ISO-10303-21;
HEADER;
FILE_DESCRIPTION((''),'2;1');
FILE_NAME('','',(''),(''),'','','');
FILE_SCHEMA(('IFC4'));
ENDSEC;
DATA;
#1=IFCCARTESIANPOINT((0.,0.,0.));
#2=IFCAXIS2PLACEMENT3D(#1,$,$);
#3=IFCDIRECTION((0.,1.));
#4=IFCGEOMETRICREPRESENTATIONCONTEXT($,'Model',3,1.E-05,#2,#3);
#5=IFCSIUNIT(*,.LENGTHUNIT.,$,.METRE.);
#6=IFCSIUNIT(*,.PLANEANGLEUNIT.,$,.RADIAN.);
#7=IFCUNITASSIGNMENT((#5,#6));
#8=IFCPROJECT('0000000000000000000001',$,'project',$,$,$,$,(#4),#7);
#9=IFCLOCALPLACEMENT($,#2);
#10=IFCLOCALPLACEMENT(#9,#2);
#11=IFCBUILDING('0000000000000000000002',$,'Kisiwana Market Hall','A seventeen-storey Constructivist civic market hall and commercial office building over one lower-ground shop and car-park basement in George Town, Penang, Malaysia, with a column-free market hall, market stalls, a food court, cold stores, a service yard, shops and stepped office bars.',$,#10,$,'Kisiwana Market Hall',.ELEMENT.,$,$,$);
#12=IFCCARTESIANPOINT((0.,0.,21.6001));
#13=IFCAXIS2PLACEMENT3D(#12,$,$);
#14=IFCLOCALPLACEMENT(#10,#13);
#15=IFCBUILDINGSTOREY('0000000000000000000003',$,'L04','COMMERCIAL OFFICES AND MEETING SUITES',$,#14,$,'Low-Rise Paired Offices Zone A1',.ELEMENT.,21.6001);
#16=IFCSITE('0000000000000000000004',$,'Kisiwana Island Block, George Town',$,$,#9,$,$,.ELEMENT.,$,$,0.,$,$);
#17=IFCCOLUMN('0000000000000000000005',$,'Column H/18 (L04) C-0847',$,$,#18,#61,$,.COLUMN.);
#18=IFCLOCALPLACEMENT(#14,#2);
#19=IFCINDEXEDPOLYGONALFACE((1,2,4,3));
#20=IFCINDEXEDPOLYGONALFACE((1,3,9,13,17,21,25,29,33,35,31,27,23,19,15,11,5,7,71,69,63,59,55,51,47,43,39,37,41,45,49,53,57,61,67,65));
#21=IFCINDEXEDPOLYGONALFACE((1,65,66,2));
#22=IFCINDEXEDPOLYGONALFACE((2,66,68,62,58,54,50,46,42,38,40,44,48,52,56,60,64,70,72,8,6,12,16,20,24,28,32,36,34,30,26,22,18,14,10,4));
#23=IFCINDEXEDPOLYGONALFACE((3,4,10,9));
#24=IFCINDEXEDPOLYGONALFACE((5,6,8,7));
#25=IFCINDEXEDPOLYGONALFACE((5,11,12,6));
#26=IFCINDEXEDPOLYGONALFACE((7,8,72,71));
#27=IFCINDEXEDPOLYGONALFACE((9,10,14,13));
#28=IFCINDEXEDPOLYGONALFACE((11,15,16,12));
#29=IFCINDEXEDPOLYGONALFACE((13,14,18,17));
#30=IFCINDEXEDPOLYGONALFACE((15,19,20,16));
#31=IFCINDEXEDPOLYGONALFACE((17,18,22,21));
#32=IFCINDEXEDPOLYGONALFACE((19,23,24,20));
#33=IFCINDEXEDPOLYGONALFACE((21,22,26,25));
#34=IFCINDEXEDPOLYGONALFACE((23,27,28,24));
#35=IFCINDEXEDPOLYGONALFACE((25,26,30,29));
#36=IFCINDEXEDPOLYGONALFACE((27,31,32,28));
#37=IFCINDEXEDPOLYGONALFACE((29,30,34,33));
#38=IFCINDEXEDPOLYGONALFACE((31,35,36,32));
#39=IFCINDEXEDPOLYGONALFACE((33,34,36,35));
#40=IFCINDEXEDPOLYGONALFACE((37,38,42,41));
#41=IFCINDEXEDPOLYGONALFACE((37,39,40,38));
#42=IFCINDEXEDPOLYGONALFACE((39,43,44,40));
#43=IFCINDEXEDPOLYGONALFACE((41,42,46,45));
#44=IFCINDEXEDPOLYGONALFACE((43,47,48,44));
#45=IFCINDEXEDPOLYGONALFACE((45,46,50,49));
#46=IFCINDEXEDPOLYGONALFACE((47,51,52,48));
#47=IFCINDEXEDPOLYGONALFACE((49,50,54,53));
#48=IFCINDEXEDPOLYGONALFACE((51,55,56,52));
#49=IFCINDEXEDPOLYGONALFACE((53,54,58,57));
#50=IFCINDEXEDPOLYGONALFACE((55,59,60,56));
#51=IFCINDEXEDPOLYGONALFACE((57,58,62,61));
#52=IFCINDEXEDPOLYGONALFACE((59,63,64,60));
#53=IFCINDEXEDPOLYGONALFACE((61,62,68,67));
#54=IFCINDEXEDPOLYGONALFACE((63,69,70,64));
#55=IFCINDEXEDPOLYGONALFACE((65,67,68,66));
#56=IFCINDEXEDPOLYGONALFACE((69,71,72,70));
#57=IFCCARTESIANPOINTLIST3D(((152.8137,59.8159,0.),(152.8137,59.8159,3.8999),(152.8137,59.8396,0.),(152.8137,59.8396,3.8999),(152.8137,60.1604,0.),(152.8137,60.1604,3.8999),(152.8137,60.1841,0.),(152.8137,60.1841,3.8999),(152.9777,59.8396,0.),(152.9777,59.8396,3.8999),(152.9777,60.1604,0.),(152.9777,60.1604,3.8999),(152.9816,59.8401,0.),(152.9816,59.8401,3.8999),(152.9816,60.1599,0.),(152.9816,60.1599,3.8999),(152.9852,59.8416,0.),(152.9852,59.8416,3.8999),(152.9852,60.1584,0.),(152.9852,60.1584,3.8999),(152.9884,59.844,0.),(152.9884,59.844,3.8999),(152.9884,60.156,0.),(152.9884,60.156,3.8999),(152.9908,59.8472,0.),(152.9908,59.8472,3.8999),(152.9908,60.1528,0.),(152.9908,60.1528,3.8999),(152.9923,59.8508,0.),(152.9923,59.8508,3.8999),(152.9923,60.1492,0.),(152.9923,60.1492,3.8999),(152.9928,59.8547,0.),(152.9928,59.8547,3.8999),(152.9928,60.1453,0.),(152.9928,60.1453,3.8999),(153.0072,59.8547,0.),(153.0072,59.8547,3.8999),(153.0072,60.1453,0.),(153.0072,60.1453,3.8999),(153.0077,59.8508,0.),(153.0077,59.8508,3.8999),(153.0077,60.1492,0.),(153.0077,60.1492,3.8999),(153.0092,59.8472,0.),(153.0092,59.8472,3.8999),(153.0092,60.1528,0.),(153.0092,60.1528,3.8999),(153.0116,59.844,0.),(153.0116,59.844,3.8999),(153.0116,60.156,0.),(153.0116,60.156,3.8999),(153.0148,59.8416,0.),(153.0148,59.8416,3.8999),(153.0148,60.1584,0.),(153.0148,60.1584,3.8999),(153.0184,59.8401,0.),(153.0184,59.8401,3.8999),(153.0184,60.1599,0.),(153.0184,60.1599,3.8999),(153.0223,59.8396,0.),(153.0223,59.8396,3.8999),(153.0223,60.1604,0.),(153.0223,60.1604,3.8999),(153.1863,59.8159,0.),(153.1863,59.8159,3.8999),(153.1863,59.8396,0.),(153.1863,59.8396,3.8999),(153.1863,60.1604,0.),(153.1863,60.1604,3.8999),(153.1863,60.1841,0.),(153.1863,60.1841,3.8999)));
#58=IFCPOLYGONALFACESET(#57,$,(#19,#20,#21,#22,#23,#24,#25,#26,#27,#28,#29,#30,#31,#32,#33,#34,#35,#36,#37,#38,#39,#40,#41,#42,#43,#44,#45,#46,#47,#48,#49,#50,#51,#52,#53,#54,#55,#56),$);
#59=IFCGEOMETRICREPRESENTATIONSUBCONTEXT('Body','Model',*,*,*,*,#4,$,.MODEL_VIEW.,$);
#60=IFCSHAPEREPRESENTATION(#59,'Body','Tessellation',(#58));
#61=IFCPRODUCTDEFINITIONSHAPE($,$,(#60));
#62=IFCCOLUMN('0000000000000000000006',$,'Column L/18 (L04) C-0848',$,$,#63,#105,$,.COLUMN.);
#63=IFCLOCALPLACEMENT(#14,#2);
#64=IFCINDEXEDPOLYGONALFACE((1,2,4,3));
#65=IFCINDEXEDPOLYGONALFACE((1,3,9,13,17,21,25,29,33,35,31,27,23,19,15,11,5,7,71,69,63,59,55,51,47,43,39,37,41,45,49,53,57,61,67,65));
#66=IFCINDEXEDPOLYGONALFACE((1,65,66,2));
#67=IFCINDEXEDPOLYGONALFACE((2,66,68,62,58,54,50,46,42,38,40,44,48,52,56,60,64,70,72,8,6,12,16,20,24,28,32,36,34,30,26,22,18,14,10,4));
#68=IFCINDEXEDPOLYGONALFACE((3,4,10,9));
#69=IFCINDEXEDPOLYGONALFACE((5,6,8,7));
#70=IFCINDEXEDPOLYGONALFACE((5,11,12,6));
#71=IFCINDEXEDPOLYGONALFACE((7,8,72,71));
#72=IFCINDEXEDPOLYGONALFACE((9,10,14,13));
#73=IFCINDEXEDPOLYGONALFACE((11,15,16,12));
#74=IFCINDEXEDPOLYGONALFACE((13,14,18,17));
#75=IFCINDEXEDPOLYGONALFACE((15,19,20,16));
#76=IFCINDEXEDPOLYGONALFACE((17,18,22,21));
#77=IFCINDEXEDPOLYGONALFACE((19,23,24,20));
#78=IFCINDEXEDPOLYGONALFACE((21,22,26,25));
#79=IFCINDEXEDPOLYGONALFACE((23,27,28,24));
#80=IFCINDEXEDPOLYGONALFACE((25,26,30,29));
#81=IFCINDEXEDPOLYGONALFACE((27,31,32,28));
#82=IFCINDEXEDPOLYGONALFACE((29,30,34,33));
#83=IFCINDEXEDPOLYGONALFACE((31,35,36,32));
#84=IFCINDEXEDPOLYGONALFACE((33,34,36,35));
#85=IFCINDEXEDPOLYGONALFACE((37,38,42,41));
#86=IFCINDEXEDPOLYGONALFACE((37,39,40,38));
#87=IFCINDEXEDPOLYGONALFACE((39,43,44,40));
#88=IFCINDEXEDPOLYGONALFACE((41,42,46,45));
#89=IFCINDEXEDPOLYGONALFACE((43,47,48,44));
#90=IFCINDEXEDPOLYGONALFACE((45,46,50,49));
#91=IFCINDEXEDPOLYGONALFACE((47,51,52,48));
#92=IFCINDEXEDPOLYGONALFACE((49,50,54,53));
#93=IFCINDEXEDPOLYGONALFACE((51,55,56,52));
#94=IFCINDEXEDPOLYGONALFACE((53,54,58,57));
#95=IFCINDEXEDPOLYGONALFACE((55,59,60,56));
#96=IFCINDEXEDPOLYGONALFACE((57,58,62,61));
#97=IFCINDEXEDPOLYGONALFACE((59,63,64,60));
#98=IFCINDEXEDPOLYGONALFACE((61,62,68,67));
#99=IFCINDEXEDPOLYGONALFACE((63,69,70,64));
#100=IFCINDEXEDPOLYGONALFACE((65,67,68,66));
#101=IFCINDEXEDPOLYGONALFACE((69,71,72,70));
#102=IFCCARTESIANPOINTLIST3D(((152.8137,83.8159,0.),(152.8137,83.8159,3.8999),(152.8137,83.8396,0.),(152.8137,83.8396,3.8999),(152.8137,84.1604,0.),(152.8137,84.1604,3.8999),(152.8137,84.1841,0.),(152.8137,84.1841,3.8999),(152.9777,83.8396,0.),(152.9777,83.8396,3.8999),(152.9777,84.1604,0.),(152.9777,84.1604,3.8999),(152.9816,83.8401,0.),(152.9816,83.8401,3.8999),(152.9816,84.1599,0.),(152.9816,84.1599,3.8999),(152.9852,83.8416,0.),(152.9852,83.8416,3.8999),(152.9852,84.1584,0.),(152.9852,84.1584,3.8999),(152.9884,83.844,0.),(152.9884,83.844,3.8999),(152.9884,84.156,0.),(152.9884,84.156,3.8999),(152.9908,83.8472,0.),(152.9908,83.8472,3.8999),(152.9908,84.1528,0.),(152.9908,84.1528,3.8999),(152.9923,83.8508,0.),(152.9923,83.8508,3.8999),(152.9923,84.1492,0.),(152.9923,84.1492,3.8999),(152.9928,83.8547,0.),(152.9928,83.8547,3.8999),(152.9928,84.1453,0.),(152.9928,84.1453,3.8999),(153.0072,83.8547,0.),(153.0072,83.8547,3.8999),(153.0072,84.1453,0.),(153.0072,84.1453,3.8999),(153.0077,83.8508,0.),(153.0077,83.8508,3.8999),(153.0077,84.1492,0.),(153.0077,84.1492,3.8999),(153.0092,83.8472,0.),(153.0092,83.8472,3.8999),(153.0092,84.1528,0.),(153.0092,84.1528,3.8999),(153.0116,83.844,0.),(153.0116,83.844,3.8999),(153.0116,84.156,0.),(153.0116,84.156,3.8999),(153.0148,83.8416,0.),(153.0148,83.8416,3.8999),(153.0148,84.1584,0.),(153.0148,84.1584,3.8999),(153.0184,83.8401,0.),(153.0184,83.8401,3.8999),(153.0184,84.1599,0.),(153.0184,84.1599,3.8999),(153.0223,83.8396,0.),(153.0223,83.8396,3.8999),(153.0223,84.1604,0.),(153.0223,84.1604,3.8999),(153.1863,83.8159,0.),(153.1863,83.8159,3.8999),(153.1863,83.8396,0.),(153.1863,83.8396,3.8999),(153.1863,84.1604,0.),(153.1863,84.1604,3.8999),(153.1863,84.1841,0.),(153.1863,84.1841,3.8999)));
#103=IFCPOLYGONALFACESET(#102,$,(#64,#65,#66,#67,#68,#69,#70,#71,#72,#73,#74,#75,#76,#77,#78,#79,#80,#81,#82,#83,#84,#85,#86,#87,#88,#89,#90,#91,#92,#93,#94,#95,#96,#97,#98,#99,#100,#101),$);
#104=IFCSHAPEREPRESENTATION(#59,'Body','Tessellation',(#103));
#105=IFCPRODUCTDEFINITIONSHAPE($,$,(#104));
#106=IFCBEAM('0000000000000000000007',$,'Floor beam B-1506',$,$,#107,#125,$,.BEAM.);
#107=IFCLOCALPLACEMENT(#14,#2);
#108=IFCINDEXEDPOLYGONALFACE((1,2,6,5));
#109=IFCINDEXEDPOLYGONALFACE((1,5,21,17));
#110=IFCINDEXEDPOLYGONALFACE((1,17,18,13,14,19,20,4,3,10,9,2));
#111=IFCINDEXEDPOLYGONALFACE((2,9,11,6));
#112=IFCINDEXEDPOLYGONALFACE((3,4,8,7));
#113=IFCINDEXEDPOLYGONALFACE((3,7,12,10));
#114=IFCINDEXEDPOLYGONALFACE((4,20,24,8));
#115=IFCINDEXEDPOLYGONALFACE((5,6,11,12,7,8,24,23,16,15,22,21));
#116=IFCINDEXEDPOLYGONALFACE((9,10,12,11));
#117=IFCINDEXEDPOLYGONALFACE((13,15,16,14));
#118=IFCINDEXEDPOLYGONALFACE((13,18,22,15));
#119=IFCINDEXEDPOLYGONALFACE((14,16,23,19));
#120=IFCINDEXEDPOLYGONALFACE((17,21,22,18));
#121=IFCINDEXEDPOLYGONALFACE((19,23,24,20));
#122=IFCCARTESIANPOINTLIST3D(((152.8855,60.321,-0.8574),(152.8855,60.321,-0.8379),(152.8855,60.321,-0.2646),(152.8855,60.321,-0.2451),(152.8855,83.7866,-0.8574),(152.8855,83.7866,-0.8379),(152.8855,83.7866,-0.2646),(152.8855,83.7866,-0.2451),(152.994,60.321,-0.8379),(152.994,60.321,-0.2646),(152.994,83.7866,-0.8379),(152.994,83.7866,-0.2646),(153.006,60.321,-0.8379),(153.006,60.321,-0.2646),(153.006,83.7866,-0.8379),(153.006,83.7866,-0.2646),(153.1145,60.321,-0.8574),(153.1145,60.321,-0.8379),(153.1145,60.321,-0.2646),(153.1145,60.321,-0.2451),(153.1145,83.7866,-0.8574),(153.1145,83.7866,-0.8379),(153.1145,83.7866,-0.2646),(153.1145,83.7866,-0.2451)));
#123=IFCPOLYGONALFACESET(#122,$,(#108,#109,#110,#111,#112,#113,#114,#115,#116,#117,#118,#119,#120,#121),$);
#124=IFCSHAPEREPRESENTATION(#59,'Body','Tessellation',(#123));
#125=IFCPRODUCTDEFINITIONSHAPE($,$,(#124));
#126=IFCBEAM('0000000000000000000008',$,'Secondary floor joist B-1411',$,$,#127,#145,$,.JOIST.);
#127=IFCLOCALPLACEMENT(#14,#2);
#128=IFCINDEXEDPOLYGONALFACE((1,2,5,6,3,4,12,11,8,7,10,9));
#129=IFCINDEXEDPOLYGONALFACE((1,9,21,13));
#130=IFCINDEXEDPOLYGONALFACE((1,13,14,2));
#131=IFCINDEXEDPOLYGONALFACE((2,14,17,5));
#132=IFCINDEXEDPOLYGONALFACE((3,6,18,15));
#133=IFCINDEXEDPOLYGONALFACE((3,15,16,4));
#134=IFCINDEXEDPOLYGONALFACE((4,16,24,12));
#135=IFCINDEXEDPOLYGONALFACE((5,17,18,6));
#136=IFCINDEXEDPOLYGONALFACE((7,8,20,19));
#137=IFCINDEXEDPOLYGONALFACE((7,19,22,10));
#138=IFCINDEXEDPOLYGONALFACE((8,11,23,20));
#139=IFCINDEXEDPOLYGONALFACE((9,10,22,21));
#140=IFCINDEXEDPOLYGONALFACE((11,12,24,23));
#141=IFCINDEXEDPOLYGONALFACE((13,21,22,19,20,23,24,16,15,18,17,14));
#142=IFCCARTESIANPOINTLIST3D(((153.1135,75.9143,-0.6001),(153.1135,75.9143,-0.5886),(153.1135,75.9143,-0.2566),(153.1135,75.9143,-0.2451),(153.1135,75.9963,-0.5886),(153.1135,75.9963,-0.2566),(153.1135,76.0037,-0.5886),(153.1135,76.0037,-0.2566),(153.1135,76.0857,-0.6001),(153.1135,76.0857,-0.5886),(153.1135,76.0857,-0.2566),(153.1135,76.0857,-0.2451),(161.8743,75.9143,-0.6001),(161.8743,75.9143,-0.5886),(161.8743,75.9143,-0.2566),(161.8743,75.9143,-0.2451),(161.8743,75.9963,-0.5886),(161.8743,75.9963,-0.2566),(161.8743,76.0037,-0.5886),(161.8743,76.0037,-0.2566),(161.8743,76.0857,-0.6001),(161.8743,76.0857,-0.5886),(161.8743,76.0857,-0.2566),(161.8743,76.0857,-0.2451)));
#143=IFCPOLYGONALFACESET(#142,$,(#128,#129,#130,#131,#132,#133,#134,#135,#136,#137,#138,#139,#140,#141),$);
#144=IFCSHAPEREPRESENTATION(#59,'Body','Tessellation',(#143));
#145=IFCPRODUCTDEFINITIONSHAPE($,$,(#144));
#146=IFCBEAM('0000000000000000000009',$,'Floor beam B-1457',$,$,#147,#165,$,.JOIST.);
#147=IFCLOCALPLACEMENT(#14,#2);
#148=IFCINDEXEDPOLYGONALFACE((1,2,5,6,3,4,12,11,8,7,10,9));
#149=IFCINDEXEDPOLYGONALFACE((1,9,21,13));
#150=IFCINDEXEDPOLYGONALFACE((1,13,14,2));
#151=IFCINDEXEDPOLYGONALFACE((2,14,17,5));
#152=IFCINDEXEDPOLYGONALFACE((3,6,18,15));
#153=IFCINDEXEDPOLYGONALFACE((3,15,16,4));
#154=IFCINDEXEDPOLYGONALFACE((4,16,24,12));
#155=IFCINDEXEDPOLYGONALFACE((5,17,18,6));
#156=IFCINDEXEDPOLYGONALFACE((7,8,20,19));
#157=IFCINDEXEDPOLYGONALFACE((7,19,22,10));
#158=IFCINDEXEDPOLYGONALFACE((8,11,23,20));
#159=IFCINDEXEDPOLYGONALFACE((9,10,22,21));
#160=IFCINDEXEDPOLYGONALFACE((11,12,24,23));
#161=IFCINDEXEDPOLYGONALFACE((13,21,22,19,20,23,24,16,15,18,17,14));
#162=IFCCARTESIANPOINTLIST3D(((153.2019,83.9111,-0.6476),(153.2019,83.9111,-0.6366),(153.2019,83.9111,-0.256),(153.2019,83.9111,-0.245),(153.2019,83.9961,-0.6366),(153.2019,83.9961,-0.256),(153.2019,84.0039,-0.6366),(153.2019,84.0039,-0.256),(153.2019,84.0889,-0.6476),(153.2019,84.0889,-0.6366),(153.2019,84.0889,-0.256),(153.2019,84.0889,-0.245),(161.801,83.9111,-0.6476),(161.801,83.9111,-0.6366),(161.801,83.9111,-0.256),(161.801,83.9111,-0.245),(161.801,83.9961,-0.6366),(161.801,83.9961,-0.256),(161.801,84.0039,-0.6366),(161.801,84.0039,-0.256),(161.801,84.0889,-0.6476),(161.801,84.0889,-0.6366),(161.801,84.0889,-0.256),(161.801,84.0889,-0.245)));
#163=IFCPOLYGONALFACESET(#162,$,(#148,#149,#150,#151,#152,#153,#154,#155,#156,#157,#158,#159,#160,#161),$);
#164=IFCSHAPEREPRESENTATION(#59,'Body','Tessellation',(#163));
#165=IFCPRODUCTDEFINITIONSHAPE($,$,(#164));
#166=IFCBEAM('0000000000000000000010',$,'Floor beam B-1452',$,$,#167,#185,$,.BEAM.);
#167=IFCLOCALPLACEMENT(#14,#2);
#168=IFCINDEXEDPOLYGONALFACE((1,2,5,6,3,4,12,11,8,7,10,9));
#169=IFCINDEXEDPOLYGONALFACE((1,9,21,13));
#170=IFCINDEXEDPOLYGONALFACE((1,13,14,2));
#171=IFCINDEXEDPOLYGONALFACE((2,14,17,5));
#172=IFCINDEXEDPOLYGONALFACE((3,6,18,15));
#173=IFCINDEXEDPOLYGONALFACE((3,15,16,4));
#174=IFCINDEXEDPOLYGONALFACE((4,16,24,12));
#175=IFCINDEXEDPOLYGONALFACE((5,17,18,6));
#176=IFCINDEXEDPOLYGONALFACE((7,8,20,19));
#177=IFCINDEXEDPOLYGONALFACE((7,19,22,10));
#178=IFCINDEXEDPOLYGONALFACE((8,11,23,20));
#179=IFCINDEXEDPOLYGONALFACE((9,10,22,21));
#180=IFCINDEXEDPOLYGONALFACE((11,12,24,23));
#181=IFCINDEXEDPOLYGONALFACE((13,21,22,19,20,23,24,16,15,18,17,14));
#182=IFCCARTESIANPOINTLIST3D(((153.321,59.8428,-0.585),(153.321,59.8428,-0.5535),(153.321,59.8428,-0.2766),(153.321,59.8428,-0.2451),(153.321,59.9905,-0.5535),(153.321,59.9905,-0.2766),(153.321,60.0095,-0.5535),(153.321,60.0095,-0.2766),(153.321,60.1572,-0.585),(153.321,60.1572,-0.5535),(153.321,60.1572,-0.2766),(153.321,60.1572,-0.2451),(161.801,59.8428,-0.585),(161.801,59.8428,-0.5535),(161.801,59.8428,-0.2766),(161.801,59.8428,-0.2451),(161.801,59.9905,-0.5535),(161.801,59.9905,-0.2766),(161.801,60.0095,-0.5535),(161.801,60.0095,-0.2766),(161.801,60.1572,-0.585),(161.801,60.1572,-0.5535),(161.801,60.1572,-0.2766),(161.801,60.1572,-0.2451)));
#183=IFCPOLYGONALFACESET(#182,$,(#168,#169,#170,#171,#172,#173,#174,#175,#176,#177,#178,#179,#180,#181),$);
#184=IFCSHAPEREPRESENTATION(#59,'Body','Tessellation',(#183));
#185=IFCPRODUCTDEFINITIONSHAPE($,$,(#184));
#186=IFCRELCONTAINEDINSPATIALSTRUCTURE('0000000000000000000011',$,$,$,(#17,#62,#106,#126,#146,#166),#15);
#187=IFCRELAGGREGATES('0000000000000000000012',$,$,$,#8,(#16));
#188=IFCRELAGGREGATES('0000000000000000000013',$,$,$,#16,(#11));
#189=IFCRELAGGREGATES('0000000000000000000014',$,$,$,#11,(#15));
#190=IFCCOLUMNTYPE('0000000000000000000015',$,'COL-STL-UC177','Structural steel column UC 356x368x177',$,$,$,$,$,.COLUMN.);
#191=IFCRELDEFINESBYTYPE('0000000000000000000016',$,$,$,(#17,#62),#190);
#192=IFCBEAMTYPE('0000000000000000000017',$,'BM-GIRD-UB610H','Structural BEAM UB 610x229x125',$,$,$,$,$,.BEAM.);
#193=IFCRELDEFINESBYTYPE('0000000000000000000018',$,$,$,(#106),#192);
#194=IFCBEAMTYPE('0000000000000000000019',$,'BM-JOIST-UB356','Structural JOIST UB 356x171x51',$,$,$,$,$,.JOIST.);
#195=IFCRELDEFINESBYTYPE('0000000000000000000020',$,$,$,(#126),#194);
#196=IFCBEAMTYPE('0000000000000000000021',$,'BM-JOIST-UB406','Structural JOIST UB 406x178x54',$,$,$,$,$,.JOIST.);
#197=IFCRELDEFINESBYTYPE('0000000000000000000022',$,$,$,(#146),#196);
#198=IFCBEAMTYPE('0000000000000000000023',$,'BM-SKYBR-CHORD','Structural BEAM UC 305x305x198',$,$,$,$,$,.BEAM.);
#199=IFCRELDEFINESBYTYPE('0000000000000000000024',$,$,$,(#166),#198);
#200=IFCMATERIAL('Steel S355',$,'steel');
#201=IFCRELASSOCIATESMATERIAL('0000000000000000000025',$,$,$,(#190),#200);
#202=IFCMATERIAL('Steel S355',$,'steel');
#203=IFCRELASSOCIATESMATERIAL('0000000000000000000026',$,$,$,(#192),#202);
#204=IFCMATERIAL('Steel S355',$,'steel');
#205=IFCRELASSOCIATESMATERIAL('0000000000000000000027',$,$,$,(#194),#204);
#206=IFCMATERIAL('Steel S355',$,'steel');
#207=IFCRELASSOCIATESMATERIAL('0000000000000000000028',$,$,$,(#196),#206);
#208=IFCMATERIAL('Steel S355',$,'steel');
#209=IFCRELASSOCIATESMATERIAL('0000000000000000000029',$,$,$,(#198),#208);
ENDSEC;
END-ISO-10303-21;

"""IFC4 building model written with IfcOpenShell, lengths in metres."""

from ifc_helpers import new_model, si_unit, direction, frame, origin, origin_2d, place, context, subcontext, project, spatial, i_section, extrude, material, material_profile, profile_set, type_object, element, save


model = new_model("IFC4")

# Units and contexts
model_context = context("Model", 3, precision=1e-05, world=origin(), true_north=direction((0.0, 1.0)))
body_context = subcontext(model_context, "Body", "Model", "MODEL_VIEW")
ifc_project = project(units=[si_unit("LENGTHUNIT", "METRE"), si_unit("PLANEANGLEUNIT", "RADIAN")], contexts=[model_context])

# Site, building, storey
site_placement = place(None, origin())
site = spatial("IfcSite", under=ifc_project, at=site_placement, Name="Kisiwana Island Block, George Town", CompositionType="ELEMENT", RefElevation=0.0)
building_placement = place(site_placement, origin())
building = spatial("IfcBuilding", under=site, at=building_placement, Name="Kisiwana Market Hall", Description="A seventeen-storey Constructivist civic market hall and commercial office building over one lower-ground shop and car-park basement in George Town, Penang, Malaysia, with a column-free market hall, market stalls, a food court, cold stores, a service yard, shops and stepped office bars.", LongName="Kisiwana Market Hall", CompositionType="ELEMENT")
storey_placement = place(building_placement, frame((0.0, 0.0, 21.6001)))
storey = spatial("IfcBuildingStorey", under=building, at=storey_placement, Name="L04", Description="COMMERCIAL OFFICES AND MEETING SUITES", LongName="Low-Rise Paired Offices Zone A1", CompositionType="ELEMENT", Elevation=21.6001)

# Columns
ifc_material_1 = material(Name="Steel S355", Category="steel")
ifc_material_profile_1 = material_profile(ifc_material_1, i_section(OverallWidth=0.3726, OverallDepth=0.3682, WebThickness=0.0144, FlangeThickness=0.0237, FilletRadius=0.0151, at=origin_2d()), Name="UC 356x368x177")
ifc_profile_set_1 = profile_set([ifc_material_profile_1], Name="Steel S355")
column_type = type_object("IfcColumnType", Name="COL-STL-UC177", Description="Structural steel column UC 356x368x177", PredefinedType="COLUMN", material=ifc_profile_set_1)
for number, where, z_axis, x_axis, name in (
    (1, (153.0, 60.0, 0.0), (0.0, 0.0, 1.0), (1.0, 0.0, 0.0), "Column H/18 (L04) C-0847"),
    (2, (153.0, 84.0, 0.0), (0.0, 0.0, 1.0), (1.0, 0.0, 0.0), "Column L/18 (L04) C-0848"),
):
    element("IfcColumn", number, at=place(storey_placement, frame(where, z_axis=z_axis, x_axis=x_axis)), inside=storey, type_object=column_type, Name=name, PredefinedType="COLUMN", context=body_context, shape_type="SweptSolid", body=[
        extrude(i_section(OverallWidth=0.3726, OverallDepth=0.3682, WebThickness=0.0144, FlangeThickness=0.0237, FilletRadius=0.0151, at=origin_2d()), origin(), (0.0, 0.0, 1.0), 3.8999),
    ])

# Beams
ifc_material_2 = material(Name="Steel S355", Category="steel")
ifc_material_profile_2 = material_profile(ifc_material_2, i_section(OverallWidth=0.229, OverallDepth=0.6123, WebThickness=0.012, FlangeThickness=0.0195, at=origin_2d()), Name="UB 610x229x125")
ifc_profile_set_2 = profile_set([ifc_material_profile_2], Name="Steel S355")
beam_type_1 = type_object("IfcBeamType", Name="BM-GIRD-UB610H", Description="Structural BEAM UB 610x229x125", PredefinedType="BEAM", material=ifc_profile_set_2)
beam_1_placement = place(storey_placement, frame((153.0, 60.321, -0.5513), z_axis=(0.0, 1.0, 0.0), x_axis=(-1.0, 0.0, 0.0)))
element("IfcBeam", 3, at=beam_1_placement, inside=storey, type_object=beam_type_1, Name="Floor beam B-1506", PredefinedType="BEAM", context=body_context, shape_type="SweptSolid", body=[
    extrude(i_section(OverallWidth=0.229, OverallDepth=0.6123, WebThickness=0.012, FlangeThickness=0.0195, at=origin_2d()), origin(), (0.0, 0.0, 1.0), 23.4656),
])
ifc_material_3 = material(Name="Steel S355", Category="steel")
ifc_material_profile_3 = material_profile(ifc_material_3, i_section(OverallWidth=0.1714, OverallDepth=0.355, WebThickness=0.0073, FlangeThickness=0.0115, at=origin_2d()), Name="UB 356x171x51")
ifc_profile_set_3 = profile_set([ifc_material_profile_3], Name="Steel S355")
beam_type_2 = type_object("IfcBeamType", Name="BM-JOIST-UB356", Description="Structural JOIST UB 356x171x51", PredefinedType="JOIST", material=ifc_profile_set_3)
beam_2_placement = place(storey_placement, frame((153.1135, 76.0, -0.4226), z_axis=(1.0, 0.0, 0.0), x_axis=(0.0, 1.0, 0.0)))
element("IfcBeam", 4, at=beam_2_placement, inside=storey, type_object=beam_type_2, Name="Secondary floor joist B-1411", PredefinedType="JOIST", context=body_context, shape_type="SweptSolid", body=[
    extrude(i_section(OverallWidth=0.1714, OverallDepth=0.355, WebThickness=0.0073, FlangeThickness=0.0115, at=origin_2d()), origin(), (0.0, 0.0, 1.0), 8.7607),
])
ifc_material_4 = material(Name="Steel S355", Category="steel")
ifc_material_profile_4 = material_profile(ifc_material_4, i_section(OverallWidth=0.1777, OverallDepth=0.4026, WebThickness=0.0078, FlangeThickness=0.011, at=origin_2d()), Name="UB 406x178x54")
ifc_profile_set_4 = profile_set([ifc_material_profile_4], Name="Steel S355")
beam_type_3 = type_object("IfcBeamType", Name="BM-JOIST-UB406", Description="Structural JOIST UB 406x178x54", PredefinedType="JOIST", material=ifc_profile_set_4)
beam_3_placement = place(storey_placement, frame((153.2019, 84.0, -0.4463), z_axis=(1.0, 0.0, 0.0), x_axis=(0.0, 1.0, 0.0)))
element("IfcBeam", 5, at=beam_3_placement, inside=storey, type_object=beam_type_3, Name="Floor beam B-1457", PredefinedType="JOIST", context=body_context, shape_type="SweptSolid", body=[
    extrude(i_section(OverallWidth=0.1777, OverallDepth=0.4026, WebThickness=0.0078, FlangeThickness=0.011, at=origin_2d()), origin(), (0.0, 0.0, 1.0), 8.5991),
])
ifc_material_5 = material(Name="Steel S355", Category="steel")
ifc_material_profile_5 = material_profile(ifc_material_5, i_section(OverallWidth=0.3145, OverallDepth=0.3398, WebThickness=0.019, FlangeThickness=0.0315, at=origin_2d()), Name="UC 305x305x198")
ifc_profile_set_5 = profile_set([ifc_material_profile_5], Name="Steel S355")
beam_type_4 = type_object("IfcBeamType", Name="BM-SKYBR-CHORD", Description="Structural BEAM UC 305x305x198", PredefinedType="BEAM", material=ifc_profile_set_5)
beam_4_placement = place(storey_placement, frame((153.321, 60.0, -0.415), z_axis=(1.0, 0.0, 0.0), x_axis=(0.0, 1.0, 0.0)))
element("IfcBeam", 6, at=beam_4_placement, inside=storey, type_object=beam_type_4, Name="Floor beam B-1452", PredefinedType="BEAM", context=body_context, shape_type="SweptSolid", body=[
    extrude(i_section(OverallWidth=0.3145, OverallDepth=0.3398, WebThickness=0.019, FlangeThickness=0.0315, at=origin_2d()), origin(), (0.0, 0.0, 1.0), 8.48),
])

save(model, "model.ifc")
